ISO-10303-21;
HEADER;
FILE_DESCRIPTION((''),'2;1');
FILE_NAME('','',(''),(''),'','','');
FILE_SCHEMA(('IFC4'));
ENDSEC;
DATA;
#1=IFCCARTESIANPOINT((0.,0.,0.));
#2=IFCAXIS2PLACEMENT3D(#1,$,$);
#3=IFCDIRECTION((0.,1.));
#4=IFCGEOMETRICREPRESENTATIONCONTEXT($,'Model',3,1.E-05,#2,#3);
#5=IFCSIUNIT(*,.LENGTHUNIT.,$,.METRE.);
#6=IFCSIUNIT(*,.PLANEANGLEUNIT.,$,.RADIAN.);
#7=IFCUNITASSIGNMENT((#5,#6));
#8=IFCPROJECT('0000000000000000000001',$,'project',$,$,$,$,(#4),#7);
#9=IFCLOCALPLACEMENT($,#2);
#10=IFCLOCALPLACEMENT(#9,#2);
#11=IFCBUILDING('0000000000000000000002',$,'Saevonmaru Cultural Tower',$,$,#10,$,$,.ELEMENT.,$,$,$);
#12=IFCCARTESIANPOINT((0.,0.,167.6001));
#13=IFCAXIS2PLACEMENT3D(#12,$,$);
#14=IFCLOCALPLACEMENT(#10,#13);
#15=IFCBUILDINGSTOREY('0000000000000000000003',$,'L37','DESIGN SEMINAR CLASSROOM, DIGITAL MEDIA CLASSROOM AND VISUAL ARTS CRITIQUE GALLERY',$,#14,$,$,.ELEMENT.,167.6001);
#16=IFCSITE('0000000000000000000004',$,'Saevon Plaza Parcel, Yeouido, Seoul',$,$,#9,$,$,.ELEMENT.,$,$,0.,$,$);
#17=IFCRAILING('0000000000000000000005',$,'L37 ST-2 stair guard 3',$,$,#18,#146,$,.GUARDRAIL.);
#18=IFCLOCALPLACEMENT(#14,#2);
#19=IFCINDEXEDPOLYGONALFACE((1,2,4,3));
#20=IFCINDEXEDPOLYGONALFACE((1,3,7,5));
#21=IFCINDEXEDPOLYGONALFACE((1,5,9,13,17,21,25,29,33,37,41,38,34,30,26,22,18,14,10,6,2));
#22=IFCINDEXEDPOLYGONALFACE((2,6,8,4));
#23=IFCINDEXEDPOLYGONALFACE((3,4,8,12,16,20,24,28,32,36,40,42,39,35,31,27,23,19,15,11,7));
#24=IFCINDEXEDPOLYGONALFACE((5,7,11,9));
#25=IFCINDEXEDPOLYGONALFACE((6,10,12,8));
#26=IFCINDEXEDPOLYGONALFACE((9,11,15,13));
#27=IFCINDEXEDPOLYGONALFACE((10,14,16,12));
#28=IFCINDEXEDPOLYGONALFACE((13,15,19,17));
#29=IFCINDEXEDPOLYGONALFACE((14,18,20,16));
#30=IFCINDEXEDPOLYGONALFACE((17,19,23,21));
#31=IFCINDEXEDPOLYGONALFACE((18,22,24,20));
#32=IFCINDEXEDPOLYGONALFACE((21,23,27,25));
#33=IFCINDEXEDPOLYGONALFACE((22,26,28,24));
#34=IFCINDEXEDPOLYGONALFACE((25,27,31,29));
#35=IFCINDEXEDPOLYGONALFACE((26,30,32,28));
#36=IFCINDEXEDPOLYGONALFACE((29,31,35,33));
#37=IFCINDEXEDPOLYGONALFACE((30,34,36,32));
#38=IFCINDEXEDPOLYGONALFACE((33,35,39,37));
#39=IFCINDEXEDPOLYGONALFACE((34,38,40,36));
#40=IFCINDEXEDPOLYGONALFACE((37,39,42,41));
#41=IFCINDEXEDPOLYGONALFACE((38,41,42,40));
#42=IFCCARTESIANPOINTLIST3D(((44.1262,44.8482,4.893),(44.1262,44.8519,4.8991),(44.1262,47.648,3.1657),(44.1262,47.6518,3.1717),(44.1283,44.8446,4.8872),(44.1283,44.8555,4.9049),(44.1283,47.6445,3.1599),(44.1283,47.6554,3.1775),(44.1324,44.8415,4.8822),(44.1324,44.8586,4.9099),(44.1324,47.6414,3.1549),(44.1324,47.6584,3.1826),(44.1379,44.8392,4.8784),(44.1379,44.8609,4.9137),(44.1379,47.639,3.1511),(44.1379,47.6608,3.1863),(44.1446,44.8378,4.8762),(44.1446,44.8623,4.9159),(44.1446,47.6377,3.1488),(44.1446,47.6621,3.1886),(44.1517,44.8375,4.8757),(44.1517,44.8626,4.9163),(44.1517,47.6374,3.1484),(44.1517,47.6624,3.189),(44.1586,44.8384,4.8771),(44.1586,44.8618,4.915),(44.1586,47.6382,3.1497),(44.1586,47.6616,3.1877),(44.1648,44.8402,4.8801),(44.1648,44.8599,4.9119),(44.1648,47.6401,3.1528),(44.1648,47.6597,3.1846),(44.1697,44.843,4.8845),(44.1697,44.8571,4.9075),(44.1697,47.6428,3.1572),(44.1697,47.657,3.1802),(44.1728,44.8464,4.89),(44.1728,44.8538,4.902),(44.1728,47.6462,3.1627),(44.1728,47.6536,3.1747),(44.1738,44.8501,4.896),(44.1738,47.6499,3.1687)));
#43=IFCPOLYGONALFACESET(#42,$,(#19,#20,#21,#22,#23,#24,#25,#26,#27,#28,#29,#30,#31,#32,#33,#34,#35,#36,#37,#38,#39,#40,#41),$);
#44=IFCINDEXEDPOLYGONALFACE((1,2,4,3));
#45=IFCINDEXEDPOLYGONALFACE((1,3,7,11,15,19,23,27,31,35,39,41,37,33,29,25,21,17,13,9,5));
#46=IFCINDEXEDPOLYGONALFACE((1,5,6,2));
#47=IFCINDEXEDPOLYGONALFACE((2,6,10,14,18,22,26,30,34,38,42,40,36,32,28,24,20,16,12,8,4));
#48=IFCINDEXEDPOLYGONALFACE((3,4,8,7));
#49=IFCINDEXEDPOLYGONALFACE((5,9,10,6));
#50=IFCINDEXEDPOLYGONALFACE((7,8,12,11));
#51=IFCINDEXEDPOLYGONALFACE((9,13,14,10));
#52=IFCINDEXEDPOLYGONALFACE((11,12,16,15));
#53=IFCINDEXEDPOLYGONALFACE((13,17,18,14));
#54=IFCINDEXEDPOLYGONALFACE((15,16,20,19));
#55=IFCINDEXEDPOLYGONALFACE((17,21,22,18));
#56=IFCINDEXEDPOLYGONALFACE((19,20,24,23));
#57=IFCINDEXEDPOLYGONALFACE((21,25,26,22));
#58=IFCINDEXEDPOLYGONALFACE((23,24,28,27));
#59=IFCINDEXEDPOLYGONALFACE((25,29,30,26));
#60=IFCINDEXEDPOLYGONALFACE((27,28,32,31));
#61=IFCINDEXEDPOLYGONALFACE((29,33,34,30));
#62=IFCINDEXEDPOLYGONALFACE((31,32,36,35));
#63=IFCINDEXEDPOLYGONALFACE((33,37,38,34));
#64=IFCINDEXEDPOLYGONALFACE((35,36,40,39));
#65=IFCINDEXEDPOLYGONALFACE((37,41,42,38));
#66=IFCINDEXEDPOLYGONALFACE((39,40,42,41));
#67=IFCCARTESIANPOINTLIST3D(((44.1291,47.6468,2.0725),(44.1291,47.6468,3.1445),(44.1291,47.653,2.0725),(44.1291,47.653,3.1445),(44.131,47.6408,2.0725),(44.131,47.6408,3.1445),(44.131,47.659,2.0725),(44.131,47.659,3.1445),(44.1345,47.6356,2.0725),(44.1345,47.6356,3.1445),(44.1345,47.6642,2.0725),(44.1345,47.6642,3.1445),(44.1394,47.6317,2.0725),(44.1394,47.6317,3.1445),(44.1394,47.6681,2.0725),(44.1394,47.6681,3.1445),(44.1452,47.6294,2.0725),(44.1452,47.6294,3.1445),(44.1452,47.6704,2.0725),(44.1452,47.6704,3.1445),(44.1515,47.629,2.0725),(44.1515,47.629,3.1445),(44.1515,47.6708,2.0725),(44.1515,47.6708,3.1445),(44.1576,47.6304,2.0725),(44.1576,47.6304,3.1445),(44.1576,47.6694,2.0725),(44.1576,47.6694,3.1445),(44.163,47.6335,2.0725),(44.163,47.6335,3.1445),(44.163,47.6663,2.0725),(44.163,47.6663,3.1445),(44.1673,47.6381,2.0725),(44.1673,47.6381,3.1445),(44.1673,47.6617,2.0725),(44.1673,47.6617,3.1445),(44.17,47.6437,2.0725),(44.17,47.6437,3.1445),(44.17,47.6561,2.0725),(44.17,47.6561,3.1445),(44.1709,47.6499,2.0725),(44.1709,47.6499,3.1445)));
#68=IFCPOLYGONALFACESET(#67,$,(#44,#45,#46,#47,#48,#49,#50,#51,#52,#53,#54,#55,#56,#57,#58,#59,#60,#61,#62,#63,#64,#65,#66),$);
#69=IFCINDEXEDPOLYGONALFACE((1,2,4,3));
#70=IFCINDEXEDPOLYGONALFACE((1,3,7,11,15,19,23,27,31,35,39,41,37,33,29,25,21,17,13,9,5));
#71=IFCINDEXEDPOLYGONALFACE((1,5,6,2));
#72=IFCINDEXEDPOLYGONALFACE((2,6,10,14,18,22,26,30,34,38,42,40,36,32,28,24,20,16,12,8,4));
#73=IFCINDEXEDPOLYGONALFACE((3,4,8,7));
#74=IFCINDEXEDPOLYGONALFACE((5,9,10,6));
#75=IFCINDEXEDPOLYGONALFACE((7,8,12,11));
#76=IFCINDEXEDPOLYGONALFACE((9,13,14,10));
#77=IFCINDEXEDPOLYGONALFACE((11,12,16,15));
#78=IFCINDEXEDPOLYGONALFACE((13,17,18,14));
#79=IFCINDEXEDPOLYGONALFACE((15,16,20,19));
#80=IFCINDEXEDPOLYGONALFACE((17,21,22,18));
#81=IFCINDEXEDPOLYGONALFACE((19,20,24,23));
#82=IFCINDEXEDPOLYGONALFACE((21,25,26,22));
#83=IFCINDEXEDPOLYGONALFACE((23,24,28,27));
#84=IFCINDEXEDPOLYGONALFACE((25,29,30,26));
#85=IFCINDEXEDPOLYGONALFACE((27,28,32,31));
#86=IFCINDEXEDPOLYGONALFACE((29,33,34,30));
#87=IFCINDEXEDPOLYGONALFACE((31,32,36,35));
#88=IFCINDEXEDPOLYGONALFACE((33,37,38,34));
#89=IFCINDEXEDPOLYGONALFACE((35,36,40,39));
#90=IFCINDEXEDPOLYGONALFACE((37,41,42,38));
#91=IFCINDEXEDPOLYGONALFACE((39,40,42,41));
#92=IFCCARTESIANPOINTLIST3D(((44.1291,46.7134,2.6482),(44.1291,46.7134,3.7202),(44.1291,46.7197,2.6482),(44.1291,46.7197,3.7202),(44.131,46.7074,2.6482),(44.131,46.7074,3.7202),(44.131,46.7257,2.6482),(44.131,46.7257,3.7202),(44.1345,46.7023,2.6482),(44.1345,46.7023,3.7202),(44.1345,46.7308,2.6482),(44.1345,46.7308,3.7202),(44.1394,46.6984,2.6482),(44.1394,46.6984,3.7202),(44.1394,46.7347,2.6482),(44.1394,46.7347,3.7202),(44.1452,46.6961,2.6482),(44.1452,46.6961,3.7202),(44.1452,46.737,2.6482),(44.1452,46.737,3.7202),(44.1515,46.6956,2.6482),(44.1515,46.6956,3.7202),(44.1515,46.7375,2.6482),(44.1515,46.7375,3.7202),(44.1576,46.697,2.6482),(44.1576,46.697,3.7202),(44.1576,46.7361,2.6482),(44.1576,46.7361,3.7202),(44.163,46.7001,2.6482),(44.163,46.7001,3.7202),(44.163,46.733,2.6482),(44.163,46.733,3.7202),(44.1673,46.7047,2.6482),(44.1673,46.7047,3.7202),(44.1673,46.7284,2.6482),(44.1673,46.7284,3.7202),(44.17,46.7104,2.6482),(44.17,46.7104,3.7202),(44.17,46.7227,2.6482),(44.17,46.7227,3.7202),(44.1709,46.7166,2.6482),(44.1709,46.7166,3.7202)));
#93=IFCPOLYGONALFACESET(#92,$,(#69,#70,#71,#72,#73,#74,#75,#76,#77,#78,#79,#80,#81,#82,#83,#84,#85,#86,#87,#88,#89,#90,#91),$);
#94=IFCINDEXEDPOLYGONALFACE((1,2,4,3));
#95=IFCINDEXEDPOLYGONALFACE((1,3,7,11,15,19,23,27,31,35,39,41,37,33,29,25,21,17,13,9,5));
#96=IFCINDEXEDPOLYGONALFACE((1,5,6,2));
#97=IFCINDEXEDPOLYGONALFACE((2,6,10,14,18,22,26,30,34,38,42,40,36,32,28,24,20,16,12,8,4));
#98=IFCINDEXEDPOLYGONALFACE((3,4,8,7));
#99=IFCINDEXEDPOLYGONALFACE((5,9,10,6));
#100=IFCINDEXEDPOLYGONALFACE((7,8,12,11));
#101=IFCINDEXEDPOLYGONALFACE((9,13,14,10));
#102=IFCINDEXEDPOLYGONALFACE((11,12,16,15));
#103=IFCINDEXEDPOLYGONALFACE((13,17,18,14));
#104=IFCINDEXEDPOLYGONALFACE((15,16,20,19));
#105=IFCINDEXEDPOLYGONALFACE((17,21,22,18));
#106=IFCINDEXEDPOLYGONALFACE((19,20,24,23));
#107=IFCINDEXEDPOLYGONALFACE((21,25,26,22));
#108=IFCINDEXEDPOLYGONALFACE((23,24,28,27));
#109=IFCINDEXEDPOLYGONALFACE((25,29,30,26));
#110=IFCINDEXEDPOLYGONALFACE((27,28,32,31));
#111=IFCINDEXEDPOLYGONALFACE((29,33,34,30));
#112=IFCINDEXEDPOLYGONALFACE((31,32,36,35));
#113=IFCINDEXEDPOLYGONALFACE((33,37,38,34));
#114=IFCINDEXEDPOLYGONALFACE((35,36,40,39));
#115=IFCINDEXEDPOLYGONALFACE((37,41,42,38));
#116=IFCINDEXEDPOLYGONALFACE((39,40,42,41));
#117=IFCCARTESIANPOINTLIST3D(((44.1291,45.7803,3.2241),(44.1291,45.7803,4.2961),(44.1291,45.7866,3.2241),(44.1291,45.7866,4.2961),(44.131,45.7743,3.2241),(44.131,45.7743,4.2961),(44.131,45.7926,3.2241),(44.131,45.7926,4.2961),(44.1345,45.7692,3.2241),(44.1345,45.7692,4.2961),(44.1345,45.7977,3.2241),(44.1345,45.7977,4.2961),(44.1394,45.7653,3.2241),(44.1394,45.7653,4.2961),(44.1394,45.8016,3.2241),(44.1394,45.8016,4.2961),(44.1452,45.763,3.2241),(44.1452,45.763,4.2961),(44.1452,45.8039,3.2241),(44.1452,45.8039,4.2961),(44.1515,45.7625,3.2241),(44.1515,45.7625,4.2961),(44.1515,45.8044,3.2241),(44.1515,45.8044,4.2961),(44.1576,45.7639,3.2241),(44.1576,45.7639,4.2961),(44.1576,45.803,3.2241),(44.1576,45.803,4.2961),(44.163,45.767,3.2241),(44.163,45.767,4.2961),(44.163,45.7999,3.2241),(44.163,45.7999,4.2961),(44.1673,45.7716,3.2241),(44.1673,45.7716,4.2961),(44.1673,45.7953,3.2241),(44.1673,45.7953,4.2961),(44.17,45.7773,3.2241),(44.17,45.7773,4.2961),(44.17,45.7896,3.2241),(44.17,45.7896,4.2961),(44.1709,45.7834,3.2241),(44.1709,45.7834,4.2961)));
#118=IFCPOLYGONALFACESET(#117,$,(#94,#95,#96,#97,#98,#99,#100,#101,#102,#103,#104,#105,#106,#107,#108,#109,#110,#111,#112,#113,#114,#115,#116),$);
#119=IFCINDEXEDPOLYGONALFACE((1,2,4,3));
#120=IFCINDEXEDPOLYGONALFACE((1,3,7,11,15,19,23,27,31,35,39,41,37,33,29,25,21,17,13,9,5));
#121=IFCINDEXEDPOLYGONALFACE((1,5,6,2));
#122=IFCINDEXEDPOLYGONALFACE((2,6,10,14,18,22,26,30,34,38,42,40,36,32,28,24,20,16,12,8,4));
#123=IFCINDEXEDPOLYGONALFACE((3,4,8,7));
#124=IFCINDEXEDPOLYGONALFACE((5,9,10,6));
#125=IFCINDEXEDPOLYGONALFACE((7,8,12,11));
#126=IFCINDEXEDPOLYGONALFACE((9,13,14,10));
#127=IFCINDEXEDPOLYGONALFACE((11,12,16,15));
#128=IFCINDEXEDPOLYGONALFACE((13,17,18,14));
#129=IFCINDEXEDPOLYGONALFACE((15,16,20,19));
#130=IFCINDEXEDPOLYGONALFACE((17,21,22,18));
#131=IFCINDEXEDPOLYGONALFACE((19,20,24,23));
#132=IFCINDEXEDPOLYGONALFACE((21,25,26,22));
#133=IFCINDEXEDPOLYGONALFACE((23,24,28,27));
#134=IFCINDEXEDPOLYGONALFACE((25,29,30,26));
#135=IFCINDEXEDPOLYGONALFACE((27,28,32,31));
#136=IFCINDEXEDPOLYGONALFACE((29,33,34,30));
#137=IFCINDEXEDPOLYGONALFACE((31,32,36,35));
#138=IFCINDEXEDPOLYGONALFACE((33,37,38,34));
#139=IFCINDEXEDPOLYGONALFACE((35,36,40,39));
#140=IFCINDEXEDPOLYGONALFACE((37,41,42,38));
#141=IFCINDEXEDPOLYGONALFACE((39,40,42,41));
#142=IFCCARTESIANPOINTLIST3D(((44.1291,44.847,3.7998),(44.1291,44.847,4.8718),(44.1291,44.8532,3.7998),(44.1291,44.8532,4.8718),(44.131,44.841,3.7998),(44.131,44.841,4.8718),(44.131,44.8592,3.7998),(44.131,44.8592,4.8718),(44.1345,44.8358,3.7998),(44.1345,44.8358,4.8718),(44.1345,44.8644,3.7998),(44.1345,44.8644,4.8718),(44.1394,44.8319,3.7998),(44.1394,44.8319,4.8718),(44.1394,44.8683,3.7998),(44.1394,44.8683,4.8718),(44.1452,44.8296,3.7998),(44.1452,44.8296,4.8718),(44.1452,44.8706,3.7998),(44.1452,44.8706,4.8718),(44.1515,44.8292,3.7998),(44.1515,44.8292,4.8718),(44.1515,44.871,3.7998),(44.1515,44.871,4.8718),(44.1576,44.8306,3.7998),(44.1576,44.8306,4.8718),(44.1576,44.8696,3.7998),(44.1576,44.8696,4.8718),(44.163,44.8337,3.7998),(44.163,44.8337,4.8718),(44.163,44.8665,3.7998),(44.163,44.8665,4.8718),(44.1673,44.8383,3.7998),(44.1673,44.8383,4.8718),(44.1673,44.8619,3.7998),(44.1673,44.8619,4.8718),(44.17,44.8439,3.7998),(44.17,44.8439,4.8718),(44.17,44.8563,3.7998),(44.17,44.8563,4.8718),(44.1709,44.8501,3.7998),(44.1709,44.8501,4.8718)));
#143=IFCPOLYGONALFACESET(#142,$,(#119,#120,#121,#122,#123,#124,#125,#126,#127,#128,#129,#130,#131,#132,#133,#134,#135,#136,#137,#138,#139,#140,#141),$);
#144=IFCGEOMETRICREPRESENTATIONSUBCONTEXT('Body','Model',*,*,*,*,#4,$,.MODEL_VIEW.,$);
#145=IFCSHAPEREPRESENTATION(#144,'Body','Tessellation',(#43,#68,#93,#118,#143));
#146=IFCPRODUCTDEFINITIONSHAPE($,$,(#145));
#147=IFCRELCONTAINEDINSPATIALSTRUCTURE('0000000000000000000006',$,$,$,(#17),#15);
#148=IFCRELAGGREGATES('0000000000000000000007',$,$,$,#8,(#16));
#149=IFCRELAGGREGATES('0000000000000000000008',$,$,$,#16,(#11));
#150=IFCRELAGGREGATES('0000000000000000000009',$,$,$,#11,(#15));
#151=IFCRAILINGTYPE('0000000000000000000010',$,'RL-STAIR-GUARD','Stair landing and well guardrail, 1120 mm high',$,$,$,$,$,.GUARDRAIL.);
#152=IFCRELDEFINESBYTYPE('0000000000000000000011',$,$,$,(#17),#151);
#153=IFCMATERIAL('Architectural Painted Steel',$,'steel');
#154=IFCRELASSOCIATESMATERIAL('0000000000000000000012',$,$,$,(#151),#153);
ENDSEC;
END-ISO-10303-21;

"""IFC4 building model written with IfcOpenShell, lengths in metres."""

from ifc_helpers import new_model, si_unit, direction, frame, origin, origin_2d, place, context, subcontext, project, spatial, circle, extrude, material, type_object, element, save


model = new_model("IFC4")

# Units and contexts
model_context = context("Model", 3, precision=1e-05, world=origin(), true_north=direction((0.0, 1.0)))
body_context = subcontext(model_context, "Body", "Model", "MODEL_VIEW")
ifc_project = project(units=[si_unit("LENGTHUNIT", "METRE"), si_unit("PLANEANGLEUNIT", "RADIAN")], contexts=[model_context])

# Site, building, storey
site_placement = place(None, origin())
site = spatial("IfcSite", under=ifc_project, at=site_placement, Name="Saevon Plaza Parcel, Yeouido, Seoul", CompositionType="ELEMENT", RefElevation=0.0)
building_placement = place(site_placement, origin())
building = spatial("IfcBuilding", under=site, at=building_placement, Name="Saevonmaru Cultural Tower", CompositionType="ELEMENT")
storey_placement = place(building_placement, frame((0.0, 0.0, 167.6001)))
storey = spatial("IfcBuildingStorey", under=building, at=storey_placement, Name="L37", Description="DESIGN SEMINAR CLASSROOM, DIGITAL MEDIA CLASSROOM AND VISUAL ARTS CRITIQUE GALLERY", CompositionType="ELEMENT", Elevation=167.6001)

# Railing
ifc_material_1 = material(Name="Architectural Painted Steel", Category="steel")
railing_type_1 = type_object("IfcRailingType", Name="RL-STAIR-GUARD", Description="Stair landing and well guardrail, 1120 mm high", PredefinedType="GUARDRAIL", material=ifc_material_1)
railing_1_placement = place(storey_placement, frame((44.1499, 47.6499, 2.0725)))
element("IfcRailing", 1, at=railing_1_placement, inside=storey, type_object=railing_type_1, Name="L37 ST-2 stair guard 3", PredefinedType="GUARDRAIL", context=body_context, shape_type="SweptSolid", body=[
    extrude(circle(Radius=0.0239, at=origin_2d()), frame((0.0, 0.0, 1.0962), z_axis=(0.0, -0.851069, 0.525054), x_axis=(1.0, 0.0, 0.0)), (0.0, 0.0, 1.0), 3.2898),
    extrude(circle(Radius=0.021, at=origin_2d()), origin(), (0.0, 0.0, 1.0), 1.072),
    extrude(circle(Radius=0.021, at=origin_2d()), frame((0.0, -0.9333, 0.5757)), (0.0, 0.0, 1.0), 1.072),
    extrude(circle(Radius=0.021, at=origin_2d()), frame((0.0, -1.8665, 1.1516)), (0.0, 0.0, 1.0), 1.072),
    extrude(circle(Radius=0.021, at=origin_2d()), frame((0.0, -2.7998, 1.7273)), (0.0, 0.0, 1.0), 1.072),
])

save(model, "model.ifc")
